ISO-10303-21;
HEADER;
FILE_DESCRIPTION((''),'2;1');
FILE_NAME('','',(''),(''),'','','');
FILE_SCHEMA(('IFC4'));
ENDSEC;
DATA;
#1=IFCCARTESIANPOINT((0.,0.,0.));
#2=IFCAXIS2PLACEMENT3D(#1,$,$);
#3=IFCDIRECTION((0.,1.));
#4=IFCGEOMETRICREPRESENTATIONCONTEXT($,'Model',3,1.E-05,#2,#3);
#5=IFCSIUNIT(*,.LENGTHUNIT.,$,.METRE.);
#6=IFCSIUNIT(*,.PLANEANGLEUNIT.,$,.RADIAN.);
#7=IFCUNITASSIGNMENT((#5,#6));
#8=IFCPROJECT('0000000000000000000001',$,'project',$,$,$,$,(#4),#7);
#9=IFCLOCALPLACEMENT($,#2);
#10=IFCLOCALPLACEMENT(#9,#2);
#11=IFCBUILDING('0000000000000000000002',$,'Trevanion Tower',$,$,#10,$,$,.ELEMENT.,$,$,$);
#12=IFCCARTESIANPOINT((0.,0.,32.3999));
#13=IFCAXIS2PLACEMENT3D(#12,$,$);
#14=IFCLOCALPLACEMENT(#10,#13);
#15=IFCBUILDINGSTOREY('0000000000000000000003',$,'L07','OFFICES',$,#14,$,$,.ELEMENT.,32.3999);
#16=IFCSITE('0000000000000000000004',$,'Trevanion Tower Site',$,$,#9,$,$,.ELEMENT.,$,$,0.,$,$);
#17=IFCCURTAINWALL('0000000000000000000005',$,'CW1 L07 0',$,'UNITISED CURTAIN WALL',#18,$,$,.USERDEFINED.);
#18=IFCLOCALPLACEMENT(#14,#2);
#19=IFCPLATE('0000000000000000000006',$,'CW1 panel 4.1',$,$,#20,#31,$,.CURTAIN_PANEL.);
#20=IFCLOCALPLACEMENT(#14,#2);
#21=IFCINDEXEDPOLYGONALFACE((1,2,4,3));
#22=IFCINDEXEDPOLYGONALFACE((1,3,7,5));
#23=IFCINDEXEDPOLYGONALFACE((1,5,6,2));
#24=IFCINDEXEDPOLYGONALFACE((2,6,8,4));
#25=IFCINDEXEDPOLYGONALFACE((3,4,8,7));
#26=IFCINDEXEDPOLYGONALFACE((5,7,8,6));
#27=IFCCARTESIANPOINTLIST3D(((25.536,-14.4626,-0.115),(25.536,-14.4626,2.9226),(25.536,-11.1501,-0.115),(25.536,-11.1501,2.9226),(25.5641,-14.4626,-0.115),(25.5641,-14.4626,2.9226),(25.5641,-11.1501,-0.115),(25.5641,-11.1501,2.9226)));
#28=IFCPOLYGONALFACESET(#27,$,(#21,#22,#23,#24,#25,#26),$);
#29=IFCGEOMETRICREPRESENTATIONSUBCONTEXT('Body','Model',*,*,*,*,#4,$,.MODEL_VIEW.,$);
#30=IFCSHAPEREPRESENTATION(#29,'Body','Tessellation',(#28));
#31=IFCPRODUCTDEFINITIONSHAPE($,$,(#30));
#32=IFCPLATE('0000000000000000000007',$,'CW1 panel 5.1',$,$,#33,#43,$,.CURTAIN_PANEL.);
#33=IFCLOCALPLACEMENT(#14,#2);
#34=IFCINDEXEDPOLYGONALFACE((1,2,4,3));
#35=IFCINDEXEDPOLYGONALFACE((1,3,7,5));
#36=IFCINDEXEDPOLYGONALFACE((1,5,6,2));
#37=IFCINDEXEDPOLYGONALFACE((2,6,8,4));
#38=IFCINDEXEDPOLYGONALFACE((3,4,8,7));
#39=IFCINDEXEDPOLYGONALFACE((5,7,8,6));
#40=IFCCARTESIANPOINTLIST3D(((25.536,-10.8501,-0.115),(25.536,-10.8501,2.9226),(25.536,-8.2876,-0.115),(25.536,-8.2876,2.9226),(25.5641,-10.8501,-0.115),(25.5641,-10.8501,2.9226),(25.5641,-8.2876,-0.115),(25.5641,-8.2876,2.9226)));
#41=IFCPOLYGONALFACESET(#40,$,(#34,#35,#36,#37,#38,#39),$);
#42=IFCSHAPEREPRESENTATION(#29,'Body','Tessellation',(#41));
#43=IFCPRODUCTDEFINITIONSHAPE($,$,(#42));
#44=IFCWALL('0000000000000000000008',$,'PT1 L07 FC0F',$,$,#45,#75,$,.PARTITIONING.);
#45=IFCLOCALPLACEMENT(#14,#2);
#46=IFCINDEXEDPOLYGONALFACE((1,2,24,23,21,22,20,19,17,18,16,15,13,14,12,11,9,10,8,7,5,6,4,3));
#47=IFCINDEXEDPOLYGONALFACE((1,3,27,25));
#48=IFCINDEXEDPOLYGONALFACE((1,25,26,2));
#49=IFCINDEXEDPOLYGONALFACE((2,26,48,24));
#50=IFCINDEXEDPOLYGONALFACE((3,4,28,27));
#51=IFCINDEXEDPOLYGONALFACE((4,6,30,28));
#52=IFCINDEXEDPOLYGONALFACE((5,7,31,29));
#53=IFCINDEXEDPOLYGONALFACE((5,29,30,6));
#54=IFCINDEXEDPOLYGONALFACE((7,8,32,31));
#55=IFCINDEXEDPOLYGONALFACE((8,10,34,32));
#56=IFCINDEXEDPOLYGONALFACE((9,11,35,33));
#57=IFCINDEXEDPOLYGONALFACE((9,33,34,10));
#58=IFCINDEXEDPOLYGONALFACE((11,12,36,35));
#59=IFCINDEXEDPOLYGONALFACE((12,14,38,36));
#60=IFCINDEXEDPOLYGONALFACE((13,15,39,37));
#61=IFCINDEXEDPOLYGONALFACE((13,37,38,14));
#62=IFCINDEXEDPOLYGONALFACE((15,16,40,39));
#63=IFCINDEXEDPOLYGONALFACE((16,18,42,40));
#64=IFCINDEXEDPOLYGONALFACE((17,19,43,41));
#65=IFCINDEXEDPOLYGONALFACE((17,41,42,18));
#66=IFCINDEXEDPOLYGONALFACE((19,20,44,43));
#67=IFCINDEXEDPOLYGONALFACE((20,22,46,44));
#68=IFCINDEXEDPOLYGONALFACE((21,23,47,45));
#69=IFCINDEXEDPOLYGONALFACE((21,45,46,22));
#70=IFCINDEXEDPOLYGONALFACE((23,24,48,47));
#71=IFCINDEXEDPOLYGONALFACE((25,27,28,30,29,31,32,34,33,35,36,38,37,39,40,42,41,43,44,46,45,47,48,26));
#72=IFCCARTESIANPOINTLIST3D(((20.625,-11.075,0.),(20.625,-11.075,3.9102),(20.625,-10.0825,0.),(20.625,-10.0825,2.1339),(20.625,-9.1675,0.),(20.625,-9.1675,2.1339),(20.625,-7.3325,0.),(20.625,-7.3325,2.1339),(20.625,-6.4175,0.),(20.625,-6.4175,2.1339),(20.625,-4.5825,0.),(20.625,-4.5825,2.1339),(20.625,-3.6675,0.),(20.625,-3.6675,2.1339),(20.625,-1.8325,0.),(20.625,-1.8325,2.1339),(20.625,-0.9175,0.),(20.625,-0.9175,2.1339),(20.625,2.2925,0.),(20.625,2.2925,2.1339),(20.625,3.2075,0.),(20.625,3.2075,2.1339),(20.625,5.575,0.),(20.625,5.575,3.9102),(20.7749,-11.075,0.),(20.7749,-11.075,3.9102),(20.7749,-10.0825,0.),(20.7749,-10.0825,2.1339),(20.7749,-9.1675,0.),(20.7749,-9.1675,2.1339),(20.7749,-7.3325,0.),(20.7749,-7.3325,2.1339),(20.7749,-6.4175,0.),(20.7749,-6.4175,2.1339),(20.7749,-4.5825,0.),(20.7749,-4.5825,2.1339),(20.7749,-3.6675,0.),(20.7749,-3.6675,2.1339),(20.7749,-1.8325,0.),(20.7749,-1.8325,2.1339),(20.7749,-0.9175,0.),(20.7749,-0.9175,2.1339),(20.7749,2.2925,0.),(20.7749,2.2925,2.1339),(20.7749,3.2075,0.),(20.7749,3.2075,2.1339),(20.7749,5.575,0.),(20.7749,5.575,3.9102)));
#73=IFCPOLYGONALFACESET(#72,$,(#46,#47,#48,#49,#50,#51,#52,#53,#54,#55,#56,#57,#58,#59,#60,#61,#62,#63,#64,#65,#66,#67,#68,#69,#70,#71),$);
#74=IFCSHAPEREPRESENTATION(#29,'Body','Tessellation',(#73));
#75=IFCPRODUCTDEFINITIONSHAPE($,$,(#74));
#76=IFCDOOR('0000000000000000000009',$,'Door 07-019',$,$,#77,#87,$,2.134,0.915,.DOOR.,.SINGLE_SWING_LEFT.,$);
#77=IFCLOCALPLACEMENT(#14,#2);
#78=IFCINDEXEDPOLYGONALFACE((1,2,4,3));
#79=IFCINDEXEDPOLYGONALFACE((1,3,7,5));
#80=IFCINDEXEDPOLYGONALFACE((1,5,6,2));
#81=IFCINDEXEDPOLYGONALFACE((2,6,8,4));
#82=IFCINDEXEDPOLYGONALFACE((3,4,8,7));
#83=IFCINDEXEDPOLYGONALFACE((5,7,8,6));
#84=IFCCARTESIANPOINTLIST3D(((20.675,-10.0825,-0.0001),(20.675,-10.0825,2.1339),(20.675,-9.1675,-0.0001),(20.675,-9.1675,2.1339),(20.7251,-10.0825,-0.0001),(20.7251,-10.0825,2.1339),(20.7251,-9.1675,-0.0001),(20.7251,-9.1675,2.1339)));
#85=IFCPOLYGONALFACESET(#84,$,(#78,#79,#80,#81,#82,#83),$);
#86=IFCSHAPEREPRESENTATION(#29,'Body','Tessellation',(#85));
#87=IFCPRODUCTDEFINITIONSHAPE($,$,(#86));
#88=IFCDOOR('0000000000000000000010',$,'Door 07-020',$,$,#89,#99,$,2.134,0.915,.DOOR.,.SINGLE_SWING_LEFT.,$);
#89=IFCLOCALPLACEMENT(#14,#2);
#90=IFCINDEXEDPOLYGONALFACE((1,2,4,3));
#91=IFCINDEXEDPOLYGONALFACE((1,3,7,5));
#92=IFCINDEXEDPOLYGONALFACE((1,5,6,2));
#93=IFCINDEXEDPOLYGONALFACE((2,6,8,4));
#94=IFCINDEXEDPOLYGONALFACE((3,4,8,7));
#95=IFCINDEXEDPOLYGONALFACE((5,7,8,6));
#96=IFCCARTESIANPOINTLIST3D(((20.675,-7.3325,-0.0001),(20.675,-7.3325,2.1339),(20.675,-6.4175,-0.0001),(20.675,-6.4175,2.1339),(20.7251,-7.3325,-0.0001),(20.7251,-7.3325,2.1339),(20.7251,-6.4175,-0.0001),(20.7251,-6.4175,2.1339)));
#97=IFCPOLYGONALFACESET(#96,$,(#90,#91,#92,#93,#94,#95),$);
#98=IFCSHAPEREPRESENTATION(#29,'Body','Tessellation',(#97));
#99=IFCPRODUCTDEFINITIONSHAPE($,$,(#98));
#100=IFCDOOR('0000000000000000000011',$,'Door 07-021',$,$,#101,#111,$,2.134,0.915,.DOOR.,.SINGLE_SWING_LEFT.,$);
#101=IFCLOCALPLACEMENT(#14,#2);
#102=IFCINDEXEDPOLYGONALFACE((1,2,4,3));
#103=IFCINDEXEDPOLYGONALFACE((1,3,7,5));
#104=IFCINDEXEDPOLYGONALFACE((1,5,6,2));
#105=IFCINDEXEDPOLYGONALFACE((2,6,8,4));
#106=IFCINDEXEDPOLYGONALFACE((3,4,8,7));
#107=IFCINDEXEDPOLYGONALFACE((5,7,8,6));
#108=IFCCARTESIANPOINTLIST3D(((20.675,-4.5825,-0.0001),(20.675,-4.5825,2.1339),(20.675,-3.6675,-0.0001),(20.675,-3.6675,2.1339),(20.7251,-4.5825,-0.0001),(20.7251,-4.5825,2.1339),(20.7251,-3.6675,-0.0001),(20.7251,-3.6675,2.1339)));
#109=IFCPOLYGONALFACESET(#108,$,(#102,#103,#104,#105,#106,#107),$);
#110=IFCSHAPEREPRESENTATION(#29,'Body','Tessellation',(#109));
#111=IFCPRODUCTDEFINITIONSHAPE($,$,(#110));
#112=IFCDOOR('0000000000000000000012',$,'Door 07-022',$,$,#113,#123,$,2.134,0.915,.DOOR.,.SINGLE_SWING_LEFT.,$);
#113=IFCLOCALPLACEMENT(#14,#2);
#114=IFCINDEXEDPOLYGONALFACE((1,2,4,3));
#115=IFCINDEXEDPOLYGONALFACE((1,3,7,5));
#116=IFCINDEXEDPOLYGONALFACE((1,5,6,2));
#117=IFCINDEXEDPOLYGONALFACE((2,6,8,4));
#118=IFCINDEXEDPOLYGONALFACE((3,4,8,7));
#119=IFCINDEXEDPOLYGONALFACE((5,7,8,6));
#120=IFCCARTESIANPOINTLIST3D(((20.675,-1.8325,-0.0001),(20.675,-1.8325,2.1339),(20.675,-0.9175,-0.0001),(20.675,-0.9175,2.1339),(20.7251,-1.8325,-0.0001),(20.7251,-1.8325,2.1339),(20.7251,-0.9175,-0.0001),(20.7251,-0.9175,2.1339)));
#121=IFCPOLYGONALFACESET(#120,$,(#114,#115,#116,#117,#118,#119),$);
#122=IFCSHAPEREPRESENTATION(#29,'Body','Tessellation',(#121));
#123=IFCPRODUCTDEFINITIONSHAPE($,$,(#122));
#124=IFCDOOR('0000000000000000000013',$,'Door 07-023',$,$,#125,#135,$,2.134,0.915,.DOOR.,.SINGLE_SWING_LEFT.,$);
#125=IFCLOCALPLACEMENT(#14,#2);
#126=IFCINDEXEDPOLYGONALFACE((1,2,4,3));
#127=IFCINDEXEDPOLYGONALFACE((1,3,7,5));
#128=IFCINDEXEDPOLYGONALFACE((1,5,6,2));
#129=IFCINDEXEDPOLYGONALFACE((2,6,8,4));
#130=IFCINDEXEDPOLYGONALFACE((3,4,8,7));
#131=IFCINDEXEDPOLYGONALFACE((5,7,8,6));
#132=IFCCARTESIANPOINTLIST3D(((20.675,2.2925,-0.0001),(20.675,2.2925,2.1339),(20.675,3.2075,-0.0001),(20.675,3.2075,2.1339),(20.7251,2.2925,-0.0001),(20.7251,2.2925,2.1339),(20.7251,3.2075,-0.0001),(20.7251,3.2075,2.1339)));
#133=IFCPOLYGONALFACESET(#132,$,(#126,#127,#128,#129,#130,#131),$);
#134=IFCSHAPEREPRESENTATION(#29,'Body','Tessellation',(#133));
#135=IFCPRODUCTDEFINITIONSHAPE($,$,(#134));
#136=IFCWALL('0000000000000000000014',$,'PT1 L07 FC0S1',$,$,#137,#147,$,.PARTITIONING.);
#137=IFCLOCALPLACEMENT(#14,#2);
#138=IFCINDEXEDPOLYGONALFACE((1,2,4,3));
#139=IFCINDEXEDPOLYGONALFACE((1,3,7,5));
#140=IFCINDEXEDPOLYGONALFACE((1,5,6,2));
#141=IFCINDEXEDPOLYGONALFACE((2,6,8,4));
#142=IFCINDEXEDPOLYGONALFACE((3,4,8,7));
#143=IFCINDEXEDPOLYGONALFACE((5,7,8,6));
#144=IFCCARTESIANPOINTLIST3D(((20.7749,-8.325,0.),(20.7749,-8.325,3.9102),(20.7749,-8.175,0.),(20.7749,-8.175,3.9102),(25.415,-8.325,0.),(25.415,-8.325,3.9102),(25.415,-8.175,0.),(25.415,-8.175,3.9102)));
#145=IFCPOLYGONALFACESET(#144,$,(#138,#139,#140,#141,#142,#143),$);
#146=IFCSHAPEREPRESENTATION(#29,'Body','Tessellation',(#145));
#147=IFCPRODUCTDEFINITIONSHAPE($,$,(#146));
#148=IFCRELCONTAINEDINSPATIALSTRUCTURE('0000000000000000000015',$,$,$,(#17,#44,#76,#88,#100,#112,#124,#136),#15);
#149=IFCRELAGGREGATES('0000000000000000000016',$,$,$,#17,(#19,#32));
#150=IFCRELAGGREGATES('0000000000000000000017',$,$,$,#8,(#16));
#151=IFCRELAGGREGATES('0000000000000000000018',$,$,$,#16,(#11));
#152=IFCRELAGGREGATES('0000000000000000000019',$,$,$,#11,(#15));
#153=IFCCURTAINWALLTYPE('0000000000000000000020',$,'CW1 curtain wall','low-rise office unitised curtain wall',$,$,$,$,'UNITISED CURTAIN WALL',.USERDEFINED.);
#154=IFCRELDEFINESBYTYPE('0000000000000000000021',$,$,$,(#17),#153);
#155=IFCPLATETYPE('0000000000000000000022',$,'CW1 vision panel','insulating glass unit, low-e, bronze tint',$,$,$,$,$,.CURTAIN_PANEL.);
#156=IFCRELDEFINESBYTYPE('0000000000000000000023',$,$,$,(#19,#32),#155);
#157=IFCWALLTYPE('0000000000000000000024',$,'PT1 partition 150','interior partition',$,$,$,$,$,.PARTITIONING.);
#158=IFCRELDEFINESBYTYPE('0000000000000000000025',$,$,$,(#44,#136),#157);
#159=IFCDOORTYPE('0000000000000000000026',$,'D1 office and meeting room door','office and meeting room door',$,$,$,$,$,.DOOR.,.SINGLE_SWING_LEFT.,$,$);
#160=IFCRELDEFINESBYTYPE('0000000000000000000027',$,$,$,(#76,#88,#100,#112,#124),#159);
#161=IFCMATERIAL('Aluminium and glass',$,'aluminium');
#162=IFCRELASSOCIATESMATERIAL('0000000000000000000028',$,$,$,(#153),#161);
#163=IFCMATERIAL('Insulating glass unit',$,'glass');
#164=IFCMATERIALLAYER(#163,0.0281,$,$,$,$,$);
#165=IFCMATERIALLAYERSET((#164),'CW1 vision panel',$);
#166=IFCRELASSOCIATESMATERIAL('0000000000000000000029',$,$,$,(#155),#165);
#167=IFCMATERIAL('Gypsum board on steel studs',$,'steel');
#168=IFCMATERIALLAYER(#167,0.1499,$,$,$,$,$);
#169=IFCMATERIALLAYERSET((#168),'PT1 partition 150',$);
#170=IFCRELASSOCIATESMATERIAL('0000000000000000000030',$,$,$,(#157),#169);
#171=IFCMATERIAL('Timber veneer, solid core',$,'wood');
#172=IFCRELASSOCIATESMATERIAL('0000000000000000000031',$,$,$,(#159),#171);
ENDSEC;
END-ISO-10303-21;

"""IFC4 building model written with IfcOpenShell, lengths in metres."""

from ifc_helpers import new_model, si_unit, direction, frame, frame_2d, origin, origin_2d, place, context, subcontext, project, spatial, rectangle, extrude, material, layer, layer_set, type_object, element, fill, aggregate, save


model = new_model("IFC4")

# Units and contexts
model_context = context("Model", 3, precision=1e-05, world=origin(), true_north=direction((0.0, 1.0)))
body_context = subcontext(model_context, "Body", "Model", "MODEL_VIEW")
ifc_project = project(units=[si_unit("LENGTHUNIT", "METRE"), si_unit("PLANEANGLEUNIT", "RADIAN")], contexts=[model_context])

# Site, building, storey
site_placement = place(None, origin())
site = spatial("IfcSite", under=ifc_project, at=site_placement, Name="Trevanion Tower Site", CompositionType="ELEMENT", RefElevation=0.0)
building_placement = place(site_placement, origin())
building = spatial("IfcBuilding", under=site, at=building_placement, Name="Trevanion Tower", CompositionType="ELEMENT")
storey_placement = place(building_placement, frame((0.0, 0.0, 32.3999)))
storey = spatial("IfcBuildingStorey", under=building, at=storey_placement, Name="L07", Description="OFFICES", CompositionType="ELEMENT", Elevation=32.3999)

# Curtain wall
ifc_material_1 = material(Name="Aluminium and glass", Category="aluminium")
curtain_wall_type = type_object("IfcCurtainWallType", Name="CW1 curtain wall", Description="low-rise office unitised curtain wall", ElementType="UNITISED CURTAIN WALL", PredefinedType="USERDEFINED", material=ifc_material_1)
curtain_wall_placement = place(storey_placement, origin())
curtain_wall = element("IfcCurtainWall", 1, at=curtain_wall_placement, inside=storey, type_object=curtain_wall_type, Name="CW1 L07 0", ObjectType="UNITISED CURTAIN WALL", PredefinedType="USERDEFINED")

# Plates
ifc_material_2 = material(Name="Insulating glass unit", Category="glass")
ifc_layer_1 = layer(ifc_material_2, 0.0281)
ifc_layer_set_1 = layer_set([ifc_layer_1], Name="CW1 vision panel")
plate_type_1 = type_object("IfcPlateType", Name="CW1 vision panel", Description="insulating glass unit, low-e, bronze tint", PredefinedType="CURTAIN_PANEL", material=ifc_layer_set_1)
plate_1_placement = place(storey_placement, frame((25.55, -12.8064, -0.115), z_axis=(0.0, 0.0, 1.0), x_axis=(0.0, 1.0, 0.0)))
plate_1 = element("IfcPlate", 2, at=plate_1_placement, type_object=plate_type_1, Name="CW1 panel 4.1", PredefinedType="CURTAIN_PANEL", context=body_context, shape_type="SweptSolid", body=[
    extrude(rectangle(XDim=3.3125, YDim=0.0281, at=origin_2d()), origin(), (0.0, 0.0, 1.0), 3.0376),
])
plate_2_placement = place(storey_placement, frame((25.55, -9.5688, -0.115), z_axis=(0.0, 0.0, 1.0), x_axis=(0.0, 1.0, 0.0)))
plate_2 = element("IfcPlate", 3, at=plate_2_placement, type_object=plate_type_1, Name="CW1 panel 5.1", PredefinedType="CURTAIN_PANEL", context=body_context, shape_type="SweptSolid", body=[
    extrude(rectangle(XDim=2.5625, YDim=0.0281, at=origin_2d()), origin(), (0.0, 0.0, 1.0), 3.0376),
])
aggregate(curtain_wall, [plate_1, plate_2])

# Wall, openings, doors
ifc_material_3 = material(Name="Gypsum board on steel studs", Category="steel")
ifc_layer_2 = layer(ifc_material_3, 0.1499)
ifc_layer_set_2 = layer_set([ifc_layer_2], Name="PT1 partition 150")
wall_type = type_object("IfcWallType", Name="PT1 partition 150", Description="interior partition", PredefinedType="PARTITIONING", material=ifc_layer_set_2)
wall_1_placement = place(storey_placement, frame((20.7, -11.075, 0.0), z_axis=(0.0, 0.0, 1.0), x_axis=(0.0, 1.0, 0.0)))
wall_1 = element("IfcWall", 4, at=wall_1_placement, inside=storey, type_object=wall_type, Name="PT1 L07 FC0F", PredefinedType="PARTITIONING", context=body_context, shape_type="SweptSolid", body=[
    extrude(rectangle(XDim=16.6499, YDim=0.1499, at=frame_2d((8.325, 0.0))), origin(), (0.0, 0.0, 1.0), 3.9102),
])
opening_1_placement = place(wall_1_placement, frame((0.9924, 0.0, 0.0)))
opening_1 = element("IfcOpeningElement", 5, at=opening_1_placement, cuts=wall_1, PredefinedType="OPENING", context=body_context, shape_type="SweptSolid", body=[
    extrude(rectangle(XDim=0.915, YDim=2.134, at=frame_2d((0.4575, 1.0669))), frame((0.0, 0.085, 0.0), z_axis=(0.0, -1.0, 0.0), x_axis=(1.0, 0.0, 0.0)), (0.0, 0.0, 1.0), 0.1699),
])
opening_2_placement = place(wall_1_placement, frame((3.7424, 0.0, 0.0)))
opening_2 = element("IfcOpeningElement", 6, at=opening_2_placement, cuts=wall_1, PredefinedType="OPENING", context=body_context, shape_type="SweptSolid", body=[
    extrude(rectangle(XDim=0.915, YDim=2.134, at=frame_2d((0.4575, 1.0669))), frame((0.0, 0.085, 0.0), z_axis=(0.0, -1.0, 0.0), x_axis=(1.0, 0.0, 0.0)), (0.0, 0.0, 1.0), 0.1699),
])
opening_3_placement = place(wall_1_placement, frame((6.4924, 0.0, 0.0)))
opening_3 = element("IfcOpeningElement", 7, at=opening_3_placement, cuts=wall_1, PredefinedType="OPENING", context=body_context, shape_type="SweptSolid", body=[
    extrude(rectangle(XDim=0.915, YDim=2.134, at=frame_2d((0.4575, 1.0669))), frame((0.0, 0.085, 0.0), z_axis=(0.0, -1.0, 0.0), x_axis=(1.0, 0.0, 0.0)), (0.0, 0.0, 1.0), 0.1699),
])
opening_4_placement = place(wall_1_placement, frame((9.2424, 0.0, 0.0)))
opening_4 = element("IfcOpeningElement", 8, at=opening_4_placement, cuts=wall_1, PredefinedType="OPENING", context=body_context, shape_type="SweptSolid", body=[
    extrude(rectangle(XDim=0.915, YDim=2.134, at=frame_2d((0.4575, 1.0669))), frame((0.0, 0.085, 0.0), z_axis=(0.0, -1.0, 0.0), x_axis=(1.0, 0.0, 0.0)), (0.0, 0.0, 1.0), 0.1699),
])
opening_5_placement = place(wall_1_placement, frame((13.3674, 0.0, 0.0)))
opening_5 = element("IfcOpeningElement", 9, at=opening_5_placement, cuts=wall_1, PredefinedType="OPENING", context=body_context, shape_type="SweptSolid", body=[
    extrude(rectangle(XDim=0.915, YDim=2.134, at=frame_2d((0.4575, 1.0669))), frame((0.0, 0.085, 0.0), z_axis=(0.0, -1.0, 0.0), x_axis=(1.0, 0.0, 0.0)), (0.0, 0.0, 1.0), 0.1699),
])
ifc_material_4 = material(Name="Timber veneer, solid core", Category="wood")
door_type = type_object("IfcDoorType", Name="D1 office and meeting room door", Description="office and meeting room door", OperationType="SINGLE_SWING_LEFT", PredefinedType="DOOR", material=ifc_material_4)
door_1_placement = place(opening_1_placement, origin())
door_1 = element("IfcDoor", 10, at=door_1_placement, inside=storey, type_object=door_type, Name="Door 07-019", OperationType="SINGLE_SWING_LEFT", OverallHeight=2.134, OverallWidth=0.915, PredefinedType="DOOR", context=body_context, shape_type="SweptSolid", body=[
    extrude(rectangle(XDim=0.915, YDim=2.134, at=frame_2d((0.4575, 1.0669))), frame((0.0, 0.0249, 0.0), z_axis=(0.0, -1.0, 0.0), x_axis=(1.0, 0.0, 0.0)), (0.0, 0.0, 1.0), 0.05),
])
fill(opening_1, door_1)
door_2_placement = place(opening_2_placement, origin())
door_2 = element("IfcDoor", 11, at=door_2_placement, inside=storey, type_object=door_type, Name="Door 07-020", OperationType="SINGLE_SWING_LEFT", OverallHeight=2.134, OverallWidth=0.915, PredefinedType="DOOR", context=body_context, shape_type="SweptSolid", body=[
    extrude(rectangle(XDim=0.915, YDim=2.134, at=frame_2d((0.4575, 1.0669))), frame((0.0, 0.0249, 0.0), z_axis=(0.0, -1.0, 0.0), x_axis=(1.0, 0.0, 0.0)), (0.0, 0.0, 1.0), 0.05),
])
fill(opening_2, door_2)
door_3_placement = place(opening_3_placement, origin())
door_3 = element("IfcDoor", 12, at=door_3_placement, inside=storey, type_object=door_type, Name="Door 07-021", OperationType="SINGLE_SWING_LEFT", OverallHeight=2.134, OverallWidth=0.915, PredefinedType="DOOR", context=body_context, shape_type="SweptSolid", body=[
    extrude(rectangle(XDim=0.915, YDim=2.134, at=frame_2d((0.4575, 1.0669))), frame((0.0, 0.0249, 0.0), z_axis=(0.0, -1.0, 0.0), x_axis=(1.0, 0.0, 0.0)), (0.0, 0.0, 1.0), 0.05),
])
fill(opening_3, door_3)
door_4_placement = place(opening_4_placement, origin())
door_4 = element("IfcDoor", 13, at=door_4_placement, inside=storey, type_object=door_type, Name="Door 07-022", OperationType="SINGLE_SWING_LEFT", OverallHeight=2.134, OverallWidth=0.915, PredefinedType="DOOR", context=body_context, shape_type="SweptSolid", body=[
    extrude(rectangle(XDim=0.915, YDim=2.134, at=frame_2d((0.4575, 1.0669))), frame((0.0, 0.0249, 0.0), z_axis=(0.0, -1.0, 0.0), x_axis=(1.0, 0.0, 0.0)), (0.0, 0.0, 1.0), 0.05),
])
fill(opening_4, door_4)
door_5_placement = place(opening_5_placement, origin())
door_5 = element("IfcDoor", 14, at=door_5_placement, inside=storey, type_object=door_type, Name="Door 07-023", OperationType="SINGLE_SWING_LEFT", OverallHeight=2.134, OverallWidth=0.915, PredefinedType="DOOR", context=body_context, shape_type="SweptSolid", body=[
    extrude(rectangle(XDim=0.915, YDim=2.134, at=frame_2d((0.4575, 1.0669))), frame((0.0, 0.0249, 0.0), z_axis=(0.0, -1.0, 0.0), x_axis=(1.0, 0.0, 0.0)), (0.0, 0.0, 1.0), 0.05),
])
fill(opening_5, door_5)

# Wall
wall_2_placement = place(storey_placement, frame((20.7749, -8.25, 0.0), z_axis=(0.0, 0.0, 1.0), x_axis=(1.0, 0.0, 0.0)))
element("IfcWall", 15, at=wall_2_placement, inside=storey, type_object=wall_type, Name="PT1 L07 FC0S1", PredefinedType="PARTITIONING", context=body_context, shape_type="SweptSolid", body=[
    extrude(rectangle(XDim=4.6401, YDim=0.1499, at=frame_2d((2.3201, 0.0))), origin(), (0.0, 0.0, 1.0), 3.9102),
])

save(model, "model.ifc")
